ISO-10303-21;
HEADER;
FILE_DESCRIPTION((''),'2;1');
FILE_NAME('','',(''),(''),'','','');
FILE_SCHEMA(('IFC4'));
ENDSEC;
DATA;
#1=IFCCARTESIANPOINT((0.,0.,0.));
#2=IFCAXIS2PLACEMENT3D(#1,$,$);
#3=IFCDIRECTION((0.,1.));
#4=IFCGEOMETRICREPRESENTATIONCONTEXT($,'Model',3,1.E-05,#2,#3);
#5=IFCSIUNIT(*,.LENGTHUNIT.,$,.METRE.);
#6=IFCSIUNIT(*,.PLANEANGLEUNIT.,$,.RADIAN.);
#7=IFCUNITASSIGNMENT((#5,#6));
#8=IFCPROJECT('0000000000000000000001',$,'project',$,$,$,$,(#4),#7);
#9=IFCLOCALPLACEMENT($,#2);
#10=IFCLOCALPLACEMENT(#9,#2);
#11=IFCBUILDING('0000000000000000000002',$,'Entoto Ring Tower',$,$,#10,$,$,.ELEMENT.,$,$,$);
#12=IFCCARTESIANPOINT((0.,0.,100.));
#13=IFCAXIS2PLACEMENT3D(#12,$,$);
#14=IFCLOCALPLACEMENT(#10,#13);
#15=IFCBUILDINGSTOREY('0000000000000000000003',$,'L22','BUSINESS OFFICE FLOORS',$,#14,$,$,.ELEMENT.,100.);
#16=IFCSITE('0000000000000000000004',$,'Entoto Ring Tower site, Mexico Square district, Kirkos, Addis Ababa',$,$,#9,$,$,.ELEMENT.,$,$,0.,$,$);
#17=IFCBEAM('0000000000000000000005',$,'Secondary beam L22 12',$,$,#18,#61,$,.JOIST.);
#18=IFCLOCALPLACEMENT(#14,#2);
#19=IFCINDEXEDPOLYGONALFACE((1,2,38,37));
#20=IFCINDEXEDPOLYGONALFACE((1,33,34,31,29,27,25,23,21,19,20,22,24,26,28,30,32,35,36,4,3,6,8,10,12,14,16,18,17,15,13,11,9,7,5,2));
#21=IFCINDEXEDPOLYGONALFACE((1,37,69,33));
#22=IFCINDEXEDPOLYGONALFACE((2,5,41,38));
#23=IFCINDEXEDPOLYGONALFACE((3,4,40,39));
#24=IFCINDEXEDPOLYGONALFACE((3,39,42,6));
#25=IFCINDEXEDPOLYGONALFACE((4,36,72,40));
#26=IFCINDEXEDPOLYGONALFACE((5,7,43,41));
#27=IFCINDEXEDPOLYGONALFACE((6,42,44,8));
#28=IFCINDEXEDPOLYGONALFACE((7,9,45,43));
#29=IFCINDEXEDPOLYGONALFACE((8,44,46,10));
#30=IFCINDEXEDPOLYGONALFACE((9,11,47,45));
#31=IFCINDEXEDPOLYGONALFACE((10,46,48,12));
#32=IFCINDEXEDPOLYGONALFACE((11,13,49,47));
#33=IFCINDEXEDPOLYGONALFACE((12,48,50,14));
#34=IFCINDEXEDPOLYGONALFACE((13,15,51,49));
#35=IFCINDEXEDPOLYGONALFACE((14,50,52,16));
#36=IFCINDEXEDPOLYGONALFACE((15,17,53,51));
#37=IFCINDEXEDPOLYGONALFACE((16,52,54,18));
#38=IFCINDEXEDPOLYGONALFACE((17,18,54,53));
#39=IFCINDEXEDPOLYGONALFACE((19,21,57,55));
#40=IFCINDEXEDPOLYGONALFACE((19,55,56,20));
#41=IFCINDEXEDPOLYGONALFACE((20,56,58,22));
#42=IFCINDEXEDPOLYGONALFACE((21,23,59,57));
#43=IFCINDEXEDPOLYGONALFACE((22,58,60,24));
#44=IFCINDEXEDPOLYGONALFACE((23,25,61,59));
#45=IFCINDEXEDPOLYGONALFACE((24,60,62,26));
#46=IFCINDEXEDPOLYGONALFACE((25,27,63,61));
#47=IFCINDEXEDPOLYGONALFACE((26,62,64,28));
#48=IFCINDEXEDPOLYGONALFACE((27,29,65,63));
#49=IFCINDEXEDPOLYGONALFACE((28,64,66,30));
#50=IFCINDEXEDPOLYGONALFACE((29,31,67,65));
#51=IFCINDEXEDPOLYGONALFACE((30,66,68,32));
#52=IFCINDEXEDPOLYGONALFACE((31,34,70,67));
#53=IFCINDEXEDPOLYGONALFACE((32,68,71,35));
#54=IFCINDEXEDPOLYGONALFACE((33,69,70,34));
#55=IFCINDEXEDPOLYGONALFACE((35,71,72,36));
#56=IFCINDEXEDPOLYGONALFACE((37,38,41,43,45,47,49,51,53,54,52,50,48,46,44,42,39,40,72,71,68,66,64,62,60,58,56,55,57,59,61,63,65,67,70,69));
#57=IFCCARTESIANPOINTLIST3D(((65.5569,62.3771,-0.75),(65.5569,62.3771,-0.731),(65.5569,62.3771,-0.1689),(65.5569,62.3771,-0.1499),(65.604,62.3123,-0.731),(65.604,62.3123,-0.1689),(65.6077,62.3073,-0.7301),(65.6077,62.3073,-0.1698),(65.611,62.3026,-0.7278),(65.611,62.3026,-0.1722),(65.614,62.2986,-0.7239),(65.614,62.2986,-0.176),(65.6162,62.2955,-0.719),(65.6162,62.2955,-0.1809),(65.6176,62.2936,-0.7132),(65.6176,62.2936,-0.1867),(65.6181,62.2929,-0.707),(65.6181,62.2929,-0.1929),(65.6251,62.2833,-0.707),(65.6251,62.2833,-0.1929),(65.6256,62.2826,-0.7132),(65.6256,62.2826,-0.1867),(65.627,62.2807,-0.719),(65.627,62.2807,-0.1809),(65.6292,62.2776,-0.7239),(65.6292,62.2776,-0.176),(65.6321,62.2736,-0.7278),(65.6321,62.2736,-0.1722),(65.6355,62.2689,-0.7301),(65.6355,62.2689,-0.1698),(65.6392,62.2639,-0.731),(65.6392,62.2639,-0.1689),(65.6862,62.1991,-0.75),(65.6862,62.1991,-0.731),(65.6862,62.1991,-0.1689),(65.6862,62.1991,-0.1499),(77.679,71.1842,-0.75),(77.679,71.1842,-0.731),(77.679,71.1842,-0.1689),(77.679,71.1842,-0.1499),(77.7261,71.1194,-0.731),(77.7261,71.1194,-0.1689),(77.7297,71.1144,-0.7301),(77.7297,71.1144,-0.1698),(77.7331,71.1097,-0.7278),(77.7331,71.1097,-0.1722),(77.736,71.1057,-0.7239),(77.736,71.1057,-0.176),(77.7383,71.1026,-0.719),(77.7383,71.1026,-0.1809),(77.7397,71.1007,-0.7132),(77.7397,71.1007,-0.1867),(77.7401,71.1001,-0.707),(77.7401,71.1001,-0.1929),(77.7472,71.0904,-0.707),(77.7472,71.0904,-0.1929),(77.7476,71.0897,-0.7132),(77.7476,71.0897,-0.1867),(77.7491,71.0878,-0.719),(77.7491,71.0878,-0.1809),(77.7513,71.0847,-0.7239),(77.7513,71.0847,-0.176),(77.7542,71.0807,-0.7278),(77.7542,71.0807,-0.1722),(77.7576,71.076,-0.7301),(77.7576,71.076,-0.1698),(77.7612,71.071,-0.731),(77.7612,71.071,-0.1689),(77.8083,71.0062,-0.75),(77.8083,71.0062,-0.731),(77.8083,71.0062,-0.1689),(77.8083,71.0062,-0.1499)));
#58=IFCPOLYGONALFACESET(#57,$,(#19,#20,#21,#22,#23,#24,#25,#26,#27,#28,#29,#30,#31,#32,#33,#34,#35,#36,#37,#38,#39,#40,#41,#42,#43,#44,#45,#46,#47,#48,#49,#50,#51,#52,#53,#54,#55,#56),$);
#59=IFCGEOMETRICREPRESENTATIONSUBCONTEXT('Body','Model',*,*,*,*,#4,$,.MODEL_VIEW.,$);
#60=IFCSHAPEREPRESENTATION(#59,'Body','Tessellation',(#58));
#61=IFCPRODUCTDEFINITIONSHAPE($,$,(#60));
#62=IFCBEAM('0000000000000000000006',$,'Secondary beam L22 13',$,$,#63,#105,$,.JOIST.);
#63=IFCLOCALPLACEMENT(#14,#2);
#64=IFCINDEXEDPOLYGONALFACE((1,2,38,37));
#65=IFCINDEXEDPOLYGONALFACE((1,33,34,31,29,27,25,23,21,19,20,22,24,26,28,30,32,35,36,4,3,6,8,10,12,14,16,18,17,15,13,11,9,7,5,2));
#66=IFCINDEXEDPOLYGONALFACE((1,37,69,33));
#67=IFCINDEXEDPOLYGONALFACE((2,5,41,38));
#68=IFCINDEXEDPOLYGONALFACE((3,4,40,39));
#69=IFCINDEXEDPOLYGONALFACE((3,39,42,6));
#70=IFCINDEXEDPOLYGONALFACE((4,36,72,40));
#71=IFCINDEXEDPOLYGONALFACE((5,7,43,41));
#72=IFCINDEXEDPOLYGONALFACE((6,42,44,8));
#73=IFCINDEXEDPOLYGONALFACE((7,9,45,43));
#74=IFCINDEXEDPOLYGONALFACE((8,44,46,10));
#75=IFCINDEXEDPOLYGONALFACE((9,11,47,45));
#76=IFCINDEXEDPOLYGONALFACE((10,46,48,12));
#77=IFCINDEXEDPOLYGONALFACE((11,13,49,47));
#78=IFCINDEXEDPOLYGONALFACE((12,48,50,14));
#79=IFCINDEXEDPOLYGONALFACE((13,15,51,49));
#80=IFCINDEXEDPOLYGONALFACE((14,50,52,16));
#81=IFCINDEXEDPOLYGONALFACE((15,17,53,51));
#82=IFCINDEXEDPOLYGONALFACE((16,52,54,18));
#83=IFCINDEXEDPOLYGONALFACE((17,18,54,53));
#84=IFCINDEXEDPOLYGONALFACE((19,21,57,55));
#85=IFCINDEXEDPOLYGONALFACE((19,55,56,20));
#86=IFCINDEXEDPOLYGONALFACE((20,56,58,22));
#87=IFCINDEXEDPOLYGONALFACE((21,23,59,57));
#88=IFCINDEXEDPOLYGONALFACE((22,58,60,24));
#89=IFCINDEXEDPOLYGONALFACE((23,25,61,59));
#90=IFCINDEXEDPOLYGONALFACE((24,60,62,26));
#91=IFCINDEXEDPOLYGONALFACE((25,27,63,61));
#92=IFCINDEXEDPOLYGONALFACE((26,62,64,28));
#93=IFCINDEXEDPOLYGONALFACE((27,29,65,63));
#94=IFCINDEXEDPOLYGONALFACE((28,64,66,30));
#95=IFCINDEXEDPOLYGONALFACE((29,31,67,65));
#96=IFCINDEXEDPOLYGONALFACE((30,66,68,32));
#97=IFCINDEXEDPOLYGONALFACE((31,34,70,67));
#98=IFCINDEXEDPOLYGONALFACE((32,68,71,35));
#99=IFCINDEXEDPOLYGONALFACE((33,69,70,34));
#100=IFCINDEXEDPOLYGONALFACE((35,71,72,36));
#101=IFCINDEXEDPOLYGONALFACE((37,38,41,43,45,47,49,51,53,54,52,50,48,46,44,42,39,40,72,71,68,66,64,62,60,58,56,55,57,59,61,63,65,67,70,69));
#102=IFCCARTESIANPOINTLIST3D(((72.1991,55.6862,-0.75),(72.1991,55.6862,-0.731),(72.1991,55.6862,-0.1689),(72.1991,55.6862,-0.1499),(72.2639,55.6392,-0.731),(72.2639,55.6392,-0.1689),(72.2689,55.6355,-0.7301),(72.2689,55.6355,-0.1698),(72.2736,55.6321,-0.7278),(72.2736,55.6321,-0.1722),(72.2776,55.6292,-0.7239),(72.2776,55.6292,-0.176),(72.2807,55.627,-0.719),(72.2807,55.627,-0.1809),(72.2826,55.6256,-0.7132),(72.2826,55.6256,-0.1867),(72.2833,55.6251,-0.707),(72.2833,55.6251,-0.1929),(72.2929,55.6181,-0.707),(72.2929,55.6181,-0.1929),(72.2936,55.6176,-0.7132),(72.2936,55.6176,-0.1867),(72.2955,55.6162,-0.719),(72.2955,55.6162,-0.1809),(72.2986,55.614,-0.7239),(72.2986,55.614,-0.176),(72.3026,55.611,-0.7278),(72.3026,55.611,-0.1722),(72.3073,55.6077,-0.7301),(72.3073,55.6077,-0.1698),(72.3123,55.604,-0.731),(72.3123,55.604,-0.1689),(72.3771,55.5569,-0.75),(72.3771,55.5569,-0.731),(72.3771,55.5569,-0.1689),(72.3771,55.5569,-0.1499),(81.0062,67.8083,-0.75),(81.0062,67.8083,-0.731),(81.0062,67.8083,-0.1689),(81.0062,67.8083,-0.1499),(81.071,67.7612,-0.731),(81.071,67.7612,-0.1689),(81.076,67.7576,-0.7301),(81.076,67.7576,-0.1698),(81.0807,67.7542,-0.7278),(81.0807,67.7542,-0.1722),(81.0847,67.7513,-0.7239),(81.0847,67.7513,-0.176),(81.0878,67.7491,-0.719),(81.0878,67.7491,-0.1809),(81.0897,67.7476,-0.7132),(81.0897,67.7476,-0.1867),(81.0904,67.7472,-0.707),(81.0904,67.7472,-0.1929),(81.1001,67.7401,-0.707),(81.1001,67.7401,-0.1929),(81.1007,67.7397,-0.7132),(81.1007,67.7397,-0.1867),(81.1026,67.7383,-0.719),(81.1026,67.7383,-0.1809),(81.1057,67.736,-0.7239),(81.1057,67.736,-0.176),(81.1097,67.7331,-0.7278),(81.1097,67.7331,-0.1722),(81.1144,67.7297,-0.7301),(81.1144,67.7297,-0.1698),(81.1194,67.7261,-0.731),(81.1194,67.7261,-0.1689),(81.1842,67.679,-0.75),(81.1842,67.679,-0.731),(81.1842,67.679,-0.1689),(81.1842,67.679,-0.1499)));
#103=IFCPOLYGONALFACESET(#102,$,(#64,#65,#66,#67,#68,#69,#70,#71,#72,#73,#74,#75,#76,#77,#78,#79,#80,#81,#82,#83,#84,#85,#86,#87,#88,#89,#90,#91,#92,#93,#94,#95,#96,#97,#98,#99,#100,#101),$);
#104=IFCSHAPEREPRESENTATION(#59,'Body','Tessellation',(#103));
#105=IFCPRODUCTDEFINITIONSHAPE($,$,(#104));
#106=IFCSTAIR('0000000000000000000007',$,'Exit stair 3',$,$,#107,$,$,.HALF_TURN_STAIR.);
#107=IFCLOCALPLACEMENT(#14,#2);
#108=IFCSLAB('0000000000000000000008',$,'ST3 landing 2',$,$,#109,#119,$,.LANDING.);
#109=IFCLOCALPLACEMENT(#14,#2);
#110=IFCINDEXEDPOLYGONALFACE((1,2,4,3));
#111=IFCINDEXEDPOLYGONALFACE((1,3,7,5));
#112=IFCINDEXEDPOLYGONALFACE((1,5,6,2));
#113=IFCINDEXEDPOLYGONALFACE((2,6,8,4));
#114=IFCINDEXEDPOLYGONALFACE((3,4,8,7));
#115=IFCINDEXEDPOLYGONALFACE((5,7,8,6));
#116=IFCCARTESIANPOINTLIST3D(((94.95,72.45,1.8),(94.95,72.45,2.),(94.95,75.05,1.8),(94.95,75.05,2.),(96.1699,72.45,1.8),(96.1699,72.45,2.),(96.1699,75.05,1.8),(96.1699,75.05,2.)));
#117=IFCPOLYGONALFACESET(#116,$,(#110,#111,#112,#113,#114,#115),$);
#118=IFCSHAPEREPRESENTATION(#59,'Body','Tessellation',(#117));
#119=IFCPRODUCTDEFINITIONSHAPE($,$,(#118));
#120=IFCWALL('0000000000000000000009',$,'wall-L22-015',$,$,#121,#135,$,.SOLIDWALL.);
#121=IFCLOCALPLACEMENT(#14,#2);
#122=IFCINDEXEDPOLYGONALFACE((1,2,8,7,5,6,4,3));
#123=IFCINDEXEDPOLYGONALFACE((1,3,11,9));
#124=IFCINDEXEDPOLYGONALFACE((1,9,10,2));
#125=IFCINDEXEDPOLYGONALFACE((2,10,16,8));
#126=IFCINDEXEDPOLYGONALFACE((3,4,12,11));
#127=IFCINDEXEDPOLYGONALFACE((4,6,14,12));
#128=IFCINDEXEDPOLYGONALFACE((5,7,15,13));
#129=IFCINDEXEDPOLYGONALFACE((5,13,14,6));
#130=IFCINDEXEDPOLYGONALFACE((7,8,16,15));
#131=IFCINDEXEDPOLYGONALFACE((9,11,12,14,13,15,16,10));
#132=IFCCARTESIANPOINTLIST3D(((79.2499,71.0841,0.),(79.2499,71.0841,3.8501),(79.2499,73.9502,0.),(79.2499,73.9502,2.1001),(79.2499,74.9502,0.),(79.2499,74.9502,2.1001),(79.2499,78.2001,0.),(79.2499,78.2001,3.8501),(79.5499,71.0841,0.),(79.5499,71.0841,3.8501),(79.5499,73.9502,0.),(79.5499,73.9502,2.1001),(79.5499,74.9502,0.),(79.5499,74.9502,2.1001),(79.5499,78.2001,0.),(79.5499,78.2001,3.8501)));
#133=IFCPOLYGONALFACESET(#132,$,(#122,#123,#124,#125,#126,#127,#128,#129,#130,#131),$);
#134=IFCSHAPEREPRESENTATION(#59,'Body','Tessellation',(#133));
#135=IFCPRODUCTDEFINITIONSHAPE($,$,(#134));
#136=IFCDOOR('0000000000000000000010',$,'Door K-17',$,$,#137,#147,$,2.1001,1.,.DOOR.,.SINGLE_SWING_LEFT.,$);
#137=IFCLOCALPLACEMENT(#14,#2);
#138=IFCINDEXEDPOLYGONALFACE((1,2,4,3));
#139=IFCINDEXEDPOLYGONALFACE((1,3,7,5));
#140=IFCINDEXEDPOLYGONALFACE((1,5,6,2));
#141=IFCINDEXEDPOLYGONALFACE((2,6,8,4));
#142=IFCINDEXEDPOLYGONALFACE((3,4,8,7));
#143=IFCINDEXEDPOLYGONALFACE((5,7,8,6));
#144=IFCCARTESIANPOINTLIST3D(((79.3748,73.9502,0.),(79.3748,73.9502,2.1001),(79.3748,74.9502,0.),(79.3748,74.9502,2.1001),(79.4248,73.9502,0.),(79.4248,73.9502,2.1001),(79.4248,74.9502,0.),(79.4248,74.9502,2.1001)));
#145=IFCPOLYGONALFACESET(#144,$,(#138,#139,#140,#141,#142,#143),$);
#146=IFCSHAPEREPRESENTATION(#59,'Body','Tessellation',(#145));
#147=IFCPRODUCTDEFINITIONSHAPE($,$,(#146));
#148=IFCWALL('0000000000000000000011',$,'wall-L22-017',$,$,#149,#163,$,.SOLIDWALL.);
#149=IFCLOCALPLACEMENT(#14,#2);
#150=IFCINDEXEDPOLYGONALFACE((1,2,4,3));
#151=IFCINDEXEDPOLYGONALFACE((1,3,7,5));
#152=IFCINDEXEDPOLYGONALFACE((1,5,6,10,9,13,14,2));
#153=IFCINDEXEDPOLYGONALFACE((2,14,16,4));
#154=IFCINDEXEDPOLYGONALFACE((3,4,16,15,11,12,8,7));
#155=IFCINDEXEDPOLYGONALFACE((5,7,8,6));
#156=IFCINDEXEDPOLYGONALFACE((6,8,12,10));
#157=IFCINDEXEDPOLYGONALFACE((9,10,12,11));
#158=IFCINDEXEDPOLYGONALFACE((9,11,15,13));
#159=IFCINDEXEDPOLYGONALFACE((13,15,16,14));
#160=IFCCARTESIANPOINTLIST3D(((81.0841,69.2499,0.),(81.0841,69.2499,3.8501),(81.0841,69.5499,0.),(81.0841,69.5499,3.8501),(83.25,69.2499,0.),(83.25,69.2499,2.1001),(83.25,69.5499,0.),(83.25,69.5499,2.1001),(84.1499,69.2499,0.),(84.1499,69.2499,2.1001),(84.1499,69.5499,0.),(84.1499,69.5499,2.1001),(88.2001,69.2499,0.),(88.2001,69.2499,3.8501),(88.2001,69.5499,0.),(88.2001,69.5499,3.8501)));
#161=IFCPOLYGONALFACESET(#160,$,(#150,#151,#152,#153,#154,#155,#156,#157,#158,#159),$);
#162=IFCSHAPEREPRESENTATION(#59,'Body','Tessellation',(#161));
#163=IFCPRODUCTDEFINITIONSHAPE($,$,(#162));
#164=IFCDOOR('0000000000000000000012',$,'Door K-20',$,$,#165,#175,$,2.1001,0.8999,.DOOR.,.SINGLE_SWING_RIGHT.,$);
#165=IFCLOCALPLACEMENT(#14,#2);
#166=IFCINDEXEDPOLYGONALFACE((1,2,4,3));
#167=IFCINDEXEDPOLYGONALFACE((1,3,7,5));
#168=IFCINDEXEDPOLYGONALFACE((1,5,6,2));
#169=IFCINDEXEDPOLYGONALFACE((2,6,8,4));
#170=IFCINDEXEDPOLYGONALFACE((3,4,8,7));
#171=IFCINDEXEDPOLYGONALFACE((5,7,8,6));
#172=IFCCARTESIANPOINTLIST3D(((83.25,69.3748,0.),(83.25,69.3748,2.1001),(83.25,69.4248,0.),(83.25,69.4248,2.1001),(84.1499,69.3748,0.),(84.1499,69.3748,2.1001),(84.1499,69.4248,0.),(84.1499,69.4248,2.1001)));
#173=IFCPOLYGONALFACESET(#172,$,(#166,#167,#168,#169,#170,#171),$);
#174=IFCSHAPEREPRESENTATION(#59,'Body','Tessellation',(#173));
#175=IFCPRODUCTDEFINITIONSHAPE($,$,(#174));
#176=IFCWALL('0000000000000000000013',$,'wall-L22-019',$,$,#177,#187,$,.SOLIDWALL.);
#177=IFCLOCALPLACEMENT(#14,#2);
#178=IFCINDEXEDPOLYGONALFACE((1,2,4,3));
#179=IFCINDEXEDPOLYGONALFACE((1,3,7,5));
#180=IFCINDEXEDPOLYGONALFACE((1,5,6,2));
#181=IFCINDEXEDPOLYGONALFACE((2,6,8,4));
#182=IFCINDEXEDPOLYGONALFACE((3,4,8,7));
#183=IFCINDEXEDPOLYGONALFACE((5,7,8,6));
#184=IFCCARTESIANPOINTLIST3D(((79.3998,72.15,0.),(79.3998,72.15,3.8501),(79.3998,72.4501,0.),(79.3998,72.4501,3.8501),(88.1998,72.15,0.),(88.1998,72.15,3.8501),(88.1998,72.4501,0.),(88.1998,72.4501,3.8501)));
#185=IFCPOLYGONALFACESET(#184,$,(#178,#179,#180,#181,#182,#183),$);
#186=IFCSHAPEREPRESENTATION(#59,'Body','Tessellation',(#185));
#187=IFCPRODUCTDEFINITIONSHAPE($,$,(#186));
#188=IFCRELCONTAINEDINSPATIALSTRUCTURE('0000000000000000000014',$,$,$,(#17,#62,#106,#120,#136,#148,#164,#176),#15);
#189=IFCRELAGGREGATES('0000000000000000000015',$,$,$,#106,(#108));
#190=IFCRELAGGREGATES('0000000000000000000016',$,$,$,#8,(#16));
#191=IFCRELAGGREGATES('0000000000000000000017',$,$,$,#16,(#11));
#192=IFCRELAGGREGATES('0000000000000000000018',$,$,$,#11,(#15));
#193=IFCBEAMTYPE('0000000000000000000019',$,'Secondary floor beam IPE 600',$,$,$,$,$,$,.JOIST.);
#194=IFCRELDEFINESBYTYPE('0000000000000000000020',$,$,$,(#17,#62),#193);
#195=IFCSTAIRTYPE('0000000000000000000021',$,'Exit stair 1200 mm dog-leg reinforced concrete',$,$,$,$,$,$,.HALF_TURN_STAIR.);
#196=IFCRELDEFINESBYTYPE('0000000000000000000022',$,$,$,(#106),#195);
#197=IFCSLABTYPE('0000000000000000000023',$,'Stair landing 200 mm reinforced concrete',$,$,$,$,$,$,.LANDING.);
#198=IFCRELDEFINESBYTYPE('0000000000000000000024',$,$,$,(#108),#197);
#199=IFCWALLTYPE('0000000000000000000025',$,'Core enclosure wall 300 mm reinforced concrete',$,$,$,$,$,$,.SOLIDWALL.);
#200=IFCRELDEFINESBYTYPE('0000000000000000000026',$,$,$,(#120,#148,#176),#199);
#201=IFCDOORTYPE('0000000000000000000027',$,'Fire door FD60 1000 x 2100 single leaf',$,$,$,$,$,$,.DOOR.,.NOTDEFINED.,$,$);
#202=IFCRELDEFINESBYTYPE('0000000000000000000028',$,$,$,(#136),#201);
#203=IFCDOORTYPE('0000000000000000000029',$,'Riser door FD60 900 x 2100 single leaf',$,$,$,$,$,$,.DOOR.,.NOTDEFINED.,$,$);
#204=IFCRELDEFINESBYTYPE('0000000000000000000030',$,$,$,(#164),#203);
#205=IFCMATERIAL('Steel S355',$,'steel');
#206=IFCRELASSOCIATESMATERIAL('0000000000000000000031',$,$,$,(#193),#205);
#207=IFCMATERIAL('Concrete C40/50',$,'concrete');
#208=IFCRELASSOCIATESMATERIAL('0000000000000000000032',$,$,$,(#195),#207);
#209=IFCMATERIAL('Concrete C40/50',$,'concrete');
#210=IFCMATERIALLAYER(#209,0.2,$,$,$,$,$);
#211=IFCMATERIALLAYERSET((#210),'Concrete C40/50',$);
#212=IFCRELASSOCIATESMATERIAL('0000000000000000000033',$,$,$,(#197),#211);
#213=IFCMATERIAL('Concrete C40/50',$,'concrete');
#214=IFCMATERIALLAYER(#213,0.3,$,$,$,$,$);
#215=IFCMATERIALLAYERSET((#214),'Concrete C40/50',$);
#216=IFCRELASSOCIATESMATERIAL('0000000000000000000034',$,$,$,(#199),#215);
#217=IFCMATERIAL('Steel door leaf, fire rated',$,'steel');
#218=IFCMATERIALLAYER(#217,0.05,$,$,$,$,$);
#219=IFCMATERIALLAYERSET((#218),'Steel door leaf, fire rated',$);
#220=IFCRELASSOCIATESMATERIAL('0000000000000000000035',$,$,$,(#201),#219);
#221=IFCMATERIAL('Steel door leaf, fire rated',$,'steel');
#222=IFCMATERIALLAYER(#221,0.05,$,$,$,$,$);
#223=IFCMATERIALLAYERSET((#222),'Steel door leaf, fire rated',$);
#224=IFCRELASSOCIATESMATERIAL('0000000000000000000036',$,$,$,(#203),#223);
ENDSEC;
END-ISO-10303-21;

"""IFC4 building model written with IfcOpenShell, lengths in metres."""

from ifc_helpers import new_model, si_unit, direction, frame, frame_2d, origin, origin_2d, place, context, subcontext, project, spatial, polyline, rectangle, i_section, outline, extrude, material, layer, layer_set, material_profile, profile_set, type_object, element, fill, aggregate, save


model = new_model("IFC4")

# Units and contexts
model_context = context("Model", 3, precision=1e-05, world=origin(), true_north=direction((0.0, 1.0)))
body_context = subcontext(model_context, "Body", "Model", "MODEL_VIEW")
ifc_project = project(units=[si_unit("LENGTHUNIT", "METRE"), si_unit("PLANEANGLEUNIT", "RADIAN")], contexts=[model_context])

# Site, building, storey
site_placement = place(None, origin())
site = spatial("IfcSite", under=ifc_project, at=site_placement, Name="Entoto Ring Tower site, Mexico Square district, Kirkos, Addis Ababa", CompositionType="ELEMENT", RefElevation=0.0)
building_placement = place(site_placement, origin())
building = spatial("IfcBuilding", under=site, at=building_placement, Name="Entoto Ring Tower", CompositionType="ELEMENT")
storey_placement = place(building_placement, frame((0.0, 0.0, 100.0)))
storey = spatial("IfcBuildingStorey", under=building, at=storey_placement, Name="L22", Description="BUSINESS OFFICE FLOORS", CompositionType="ELEMENT", Elevation=100.0)

# Beams
ifc_material_1 = material(Name="Steel S355", Category="steel")
ifc_material_profile_1 = material_profile(ifc_material_1, i_section(OverallWidth=0.22, OverallDepth=0.6001, WebThickness=0.012, FlangeThickness=0.019, FilletRadius=0.0239, at=origin_2d()), Name="IPE 600")
ifc_profile_set_1 = profile_set([ifc_material_profile_1], Name="Steel S355")
beam_type_1 = type_object("IfcBeamType", Name="Secondary floor beam IPE 600", PredefinedType="JOIST", material=ifc_profile_set_1)
for number, where, z_axis, x_axis, name in (
    (1, (77.7437, 71.0952, -0.45), (-0.809019, -0.587782, 0.0), (0.587782, -0.809019, 0.0), "Secondary beam L22 12"),
    (2, (81.0952, 67.7437, -0.45), (-0.587782, -0.809019, 0.0), (0.809019, -0.587782, 0.0), "Secondary beam L22 13"),
):
    element("IfcBeam", number, at=place(storey_placement, frame(where, z_axis=z_axis, x_axis=x_axis)), inside=storey, type_object=beam_type_1, Name=name, PredefinedType="JOIST", context=body_context, shape_type="SweptSolid", body=[
        extrude(i_section(OverallWidth=0.22, OverallDepth=0.6001, WebThickness=0.012, FlangeThickness=0.019, FilletRadius=0.0239, at=origin_2d()), origin(), (0.0, 0.0, 1.0), 14.9836),
    ])

# Stair, slab
ifc_material_2 = material(Name="Concrete C40/50", Category="concrete")
stair_type = type_object("IfcStairType", Name="Exit stair 1200 mm dog-leg reinforced concrete", PredefinedType="HALF_TURN_STAIR", material=ifc_material_2)
stair_placement = place(storey_placement, origin())
stair = element("IfcStair", 3, at=stair_placement, inside=storey, type_object=stair_type, Name="Exit stair 3", PredefinedType="HALF_TURN_STAIR")
ifc_material_3 = material(Name="Concrete C40/50", Category="concrete")
ifc_layer_1 = layer(ifc_material_3, 0.2)
ifc_layer_set_1 = layer_set([ifc_layer_1], Name="Concrete C40/50")
slab_type_1 = type_object("IfcSlabType", Name="Stair landing 200 mm reinforced concrete", PredefinedType="LANDING", material=ifc_layer_set_1)
slab_1_placement = place(storey_placement, frame((0.0, 0.0, 1.8)))
slab_1 = element("IfcSlab", 4, at=slab_1_placement, type_object=slab_type_1, Name="ST3 landing 2", PredefinedType="LANDING", context=body_context, shape_type="SweptSolid", body=[
    extrude(outline(polyline([(94.95, 72.45), (96.1699, 72.45), (96.1699, 75.05), (94.95, 75.05), (94.95, 72.45)])), origin(), (0.0, 0.0, 1.0), 0.2),
])
aggregate(stair, [slab_1])

# Walls, openings, doors
ifc_material_4 = material(Name="Concrete C40/50", Category="concrete")
ifc_layer_2 = layer(ifc_material_4, 0.3)
ifc_layer_set_2 = layer_set([ifc_layer_2], Name="Concrete C40/50")
wall_type_1 = type_object("IfcWallType", Name="Core enclosure wall 300 mm reinforced concrete", PredefinedType="SOLIDWALL", material=ifc_layer_set_2)
wall_1_placement = place(storey_placement, frame((79.3999, 71.084, 0.0), z_axis=(0.0, 0.0, 1.0), x_axis=(0.0, 1.0, 0.0)))
wall_1 = element("IfcWall", 5, at=wall_1_placement, inside=storey, type_object=wall_type_1, Name="wall-L22-015", PredefinedType="SOLIDWALL", context=body_context, shape_type="SweptSolid", body=[
    extrude(rectangle(XDim=7.116, YDim=0.3, at=frame_2d((3.5581, 0.0))), origin(), (0.0, 0.0, 1.0), 3.8501),
])
opening_1_placement = place(wall_1_placement, frame((2.8662, 0.0, 0.0)))
opening_1 = element("IfcOpeningElement", 6, at=opening_1_placement, cuts=wall_1, PredefinedType="OPENING", context=body_context, shape_type="SweptSolid", body=[
    extrude(rectangle(XDim=1.0, YDim=2.1001, at=frame_2d((0.5, 1.05))), frame((0.0, 0.1602, 0.0), z_axis=(0.0, -1.0, 0.0), x_axis=(1.0, 0.0, 0.0)), (0.0, 0.0, 1.0), 0.3201),
])
ifc_material_5 = material(Name="Steel door leaf, fire rated", Category="steel")
ifc_layer_3 = layer(ifc_material_5, 0.05)
ifc_layer_set_3 = layer_set([ifc_layer_3], Name="Steel door leaf, fire rated")
door_type_1 = type_object("IfcDoorType", Name="Fire door FD60 1000 x 2100 single leaf", OperationType="NOTDEFINED", PredefinedType="DOOR", material=ifc_layer_set_3)
door_1_placement = place(opening_1_placement, frame((1.0, 0.0, 0.0), z_axis=(0.0, 0.0, 1.0), x_axis=(-1.0, 0.0, 0.0)))
door_1 = element("IfcDoor", 7, at=door_1_placement, inside=storey, type_object=door_type_1, Name="Door K-17", OperationType="SINGLE_SWING_LEFT", OverallHeight=2.1001, OverallWidth=1.0, PredefinedType="DOOR", context=body_context, shape_type="SweptSolid", body=[
    extrude(rectangle(XDim=1.0, YDim=2.1001, at=frame_2d((0.5, 1.05))), frame((0.0, 0.0249, 0.0), z_axis=(0.0, -1.0, 0.0), x_axis=(1.0, 0.0, 0.0)), (0.0, 0.0, 1.0), 0.05),
])
fill(opening_1, door_1)
wall_2_placement = place(storey_placement, frame((81.084, 69.3999, 0.0), z_axis=(0.0, 0.0, 1.0), x_axis=(1.0, 0.0, 0.0)))
wall_2 = element("IfcWall", 8, at=wall_2_placement, inside=storey, type_object=wall_type_1, Name="wall-L22-017", PredefinedType="SOLIDWALL", context=body_context, shape_type="SweptSolid", body=[
    extrude(rectangle(XDim=7.116, YDim=0.3, at=frame_2d((3.5581, 0.0))), origin(), (0.0, 0.0, 1.0), 3.8501),
])
opening_2_placement = place(wall_2_placement, frame((2.166, 0.0, 0.0)))
opening_2 = element("IfcOpeningElement", 9, at=opening_2_placement, cuts=wall_2, PredefinedType="OPENING", context=body_context, shape_type="SweptSolid", body=[
    extrude(rectangle(XDim=0.8999, YDim=2.1001, at=frame_2d((0.45, 1.05))), frame((0.0, 0.1602, 0.0), z_axis=(0.0, -1.0, 0.0), x_axis=(1.0, 0.0, 0.0)), (0.0, 0.0, 1.0), 0.3201),
])
ifc_material_6 = material(Name="Steel door leaf, fire rated", Category="steel")
ifc_layer_4 = layer(ifc_material_6, 0.05)
ifc_layer_set_4 = layer_set([ifc_layer_4], Name="Steel door leaf, fire rated")
door_type_2 = type_object("IfcDoorType", Name="Riser door FD60 900 x 2100 single leaf", OperationType="NOTDEFINED", PredefinedType="DOOR", material=ifc_layer_set_4)
door_2_placement = place(opening_2_placement, origin())
door_2 = element("IfcDoor", 10, at=door_2_placement, inside=storey, type_object=door_type_2, Name="Door K-20", OperationType="SINGLE_SWING_RIGHT", OverallHeight=2.1001, OverallWidth=0.8999, PredefinedType="DOOR", context=body_context, shape_type="SweptSolid", body=[
    extrude(rectangle(XDim=0.8999, YDim=2.1001, at=frame_2d((0.45, 1.05))), frame((0.0, 0.0249, 0.0), z_axis=(0.0, -1.0, 0.0), x_axis=(1.0, 0.0, 0.0)), (0.0, 0.0, 1.0), 0.05),
])
fill(opening_2, door_2)

# Wall
wall_3_placement = place(storey_placement, frame((79.3999, 72.3, 0.0), z_axis=(0.0, 0.0, 1.0), x_axis=(1.0, 0.0, 0.0)))
element("IfcWall", 11, at=wall_3_placement, inside=storey, type_object=wall_type_1, Name="wall-L22-019", PredefinedType="SOLIDWALL", context=body_context, shape_type="SweptSolid", body=[
    extrude(rectangle(XDim=8.8, YDim=0.3, at=frame_2d((4.3999, 0.0))), origin(), (0.0, 0.0, 1.0), 3.8501),
])

save(model, "model.ifc")
